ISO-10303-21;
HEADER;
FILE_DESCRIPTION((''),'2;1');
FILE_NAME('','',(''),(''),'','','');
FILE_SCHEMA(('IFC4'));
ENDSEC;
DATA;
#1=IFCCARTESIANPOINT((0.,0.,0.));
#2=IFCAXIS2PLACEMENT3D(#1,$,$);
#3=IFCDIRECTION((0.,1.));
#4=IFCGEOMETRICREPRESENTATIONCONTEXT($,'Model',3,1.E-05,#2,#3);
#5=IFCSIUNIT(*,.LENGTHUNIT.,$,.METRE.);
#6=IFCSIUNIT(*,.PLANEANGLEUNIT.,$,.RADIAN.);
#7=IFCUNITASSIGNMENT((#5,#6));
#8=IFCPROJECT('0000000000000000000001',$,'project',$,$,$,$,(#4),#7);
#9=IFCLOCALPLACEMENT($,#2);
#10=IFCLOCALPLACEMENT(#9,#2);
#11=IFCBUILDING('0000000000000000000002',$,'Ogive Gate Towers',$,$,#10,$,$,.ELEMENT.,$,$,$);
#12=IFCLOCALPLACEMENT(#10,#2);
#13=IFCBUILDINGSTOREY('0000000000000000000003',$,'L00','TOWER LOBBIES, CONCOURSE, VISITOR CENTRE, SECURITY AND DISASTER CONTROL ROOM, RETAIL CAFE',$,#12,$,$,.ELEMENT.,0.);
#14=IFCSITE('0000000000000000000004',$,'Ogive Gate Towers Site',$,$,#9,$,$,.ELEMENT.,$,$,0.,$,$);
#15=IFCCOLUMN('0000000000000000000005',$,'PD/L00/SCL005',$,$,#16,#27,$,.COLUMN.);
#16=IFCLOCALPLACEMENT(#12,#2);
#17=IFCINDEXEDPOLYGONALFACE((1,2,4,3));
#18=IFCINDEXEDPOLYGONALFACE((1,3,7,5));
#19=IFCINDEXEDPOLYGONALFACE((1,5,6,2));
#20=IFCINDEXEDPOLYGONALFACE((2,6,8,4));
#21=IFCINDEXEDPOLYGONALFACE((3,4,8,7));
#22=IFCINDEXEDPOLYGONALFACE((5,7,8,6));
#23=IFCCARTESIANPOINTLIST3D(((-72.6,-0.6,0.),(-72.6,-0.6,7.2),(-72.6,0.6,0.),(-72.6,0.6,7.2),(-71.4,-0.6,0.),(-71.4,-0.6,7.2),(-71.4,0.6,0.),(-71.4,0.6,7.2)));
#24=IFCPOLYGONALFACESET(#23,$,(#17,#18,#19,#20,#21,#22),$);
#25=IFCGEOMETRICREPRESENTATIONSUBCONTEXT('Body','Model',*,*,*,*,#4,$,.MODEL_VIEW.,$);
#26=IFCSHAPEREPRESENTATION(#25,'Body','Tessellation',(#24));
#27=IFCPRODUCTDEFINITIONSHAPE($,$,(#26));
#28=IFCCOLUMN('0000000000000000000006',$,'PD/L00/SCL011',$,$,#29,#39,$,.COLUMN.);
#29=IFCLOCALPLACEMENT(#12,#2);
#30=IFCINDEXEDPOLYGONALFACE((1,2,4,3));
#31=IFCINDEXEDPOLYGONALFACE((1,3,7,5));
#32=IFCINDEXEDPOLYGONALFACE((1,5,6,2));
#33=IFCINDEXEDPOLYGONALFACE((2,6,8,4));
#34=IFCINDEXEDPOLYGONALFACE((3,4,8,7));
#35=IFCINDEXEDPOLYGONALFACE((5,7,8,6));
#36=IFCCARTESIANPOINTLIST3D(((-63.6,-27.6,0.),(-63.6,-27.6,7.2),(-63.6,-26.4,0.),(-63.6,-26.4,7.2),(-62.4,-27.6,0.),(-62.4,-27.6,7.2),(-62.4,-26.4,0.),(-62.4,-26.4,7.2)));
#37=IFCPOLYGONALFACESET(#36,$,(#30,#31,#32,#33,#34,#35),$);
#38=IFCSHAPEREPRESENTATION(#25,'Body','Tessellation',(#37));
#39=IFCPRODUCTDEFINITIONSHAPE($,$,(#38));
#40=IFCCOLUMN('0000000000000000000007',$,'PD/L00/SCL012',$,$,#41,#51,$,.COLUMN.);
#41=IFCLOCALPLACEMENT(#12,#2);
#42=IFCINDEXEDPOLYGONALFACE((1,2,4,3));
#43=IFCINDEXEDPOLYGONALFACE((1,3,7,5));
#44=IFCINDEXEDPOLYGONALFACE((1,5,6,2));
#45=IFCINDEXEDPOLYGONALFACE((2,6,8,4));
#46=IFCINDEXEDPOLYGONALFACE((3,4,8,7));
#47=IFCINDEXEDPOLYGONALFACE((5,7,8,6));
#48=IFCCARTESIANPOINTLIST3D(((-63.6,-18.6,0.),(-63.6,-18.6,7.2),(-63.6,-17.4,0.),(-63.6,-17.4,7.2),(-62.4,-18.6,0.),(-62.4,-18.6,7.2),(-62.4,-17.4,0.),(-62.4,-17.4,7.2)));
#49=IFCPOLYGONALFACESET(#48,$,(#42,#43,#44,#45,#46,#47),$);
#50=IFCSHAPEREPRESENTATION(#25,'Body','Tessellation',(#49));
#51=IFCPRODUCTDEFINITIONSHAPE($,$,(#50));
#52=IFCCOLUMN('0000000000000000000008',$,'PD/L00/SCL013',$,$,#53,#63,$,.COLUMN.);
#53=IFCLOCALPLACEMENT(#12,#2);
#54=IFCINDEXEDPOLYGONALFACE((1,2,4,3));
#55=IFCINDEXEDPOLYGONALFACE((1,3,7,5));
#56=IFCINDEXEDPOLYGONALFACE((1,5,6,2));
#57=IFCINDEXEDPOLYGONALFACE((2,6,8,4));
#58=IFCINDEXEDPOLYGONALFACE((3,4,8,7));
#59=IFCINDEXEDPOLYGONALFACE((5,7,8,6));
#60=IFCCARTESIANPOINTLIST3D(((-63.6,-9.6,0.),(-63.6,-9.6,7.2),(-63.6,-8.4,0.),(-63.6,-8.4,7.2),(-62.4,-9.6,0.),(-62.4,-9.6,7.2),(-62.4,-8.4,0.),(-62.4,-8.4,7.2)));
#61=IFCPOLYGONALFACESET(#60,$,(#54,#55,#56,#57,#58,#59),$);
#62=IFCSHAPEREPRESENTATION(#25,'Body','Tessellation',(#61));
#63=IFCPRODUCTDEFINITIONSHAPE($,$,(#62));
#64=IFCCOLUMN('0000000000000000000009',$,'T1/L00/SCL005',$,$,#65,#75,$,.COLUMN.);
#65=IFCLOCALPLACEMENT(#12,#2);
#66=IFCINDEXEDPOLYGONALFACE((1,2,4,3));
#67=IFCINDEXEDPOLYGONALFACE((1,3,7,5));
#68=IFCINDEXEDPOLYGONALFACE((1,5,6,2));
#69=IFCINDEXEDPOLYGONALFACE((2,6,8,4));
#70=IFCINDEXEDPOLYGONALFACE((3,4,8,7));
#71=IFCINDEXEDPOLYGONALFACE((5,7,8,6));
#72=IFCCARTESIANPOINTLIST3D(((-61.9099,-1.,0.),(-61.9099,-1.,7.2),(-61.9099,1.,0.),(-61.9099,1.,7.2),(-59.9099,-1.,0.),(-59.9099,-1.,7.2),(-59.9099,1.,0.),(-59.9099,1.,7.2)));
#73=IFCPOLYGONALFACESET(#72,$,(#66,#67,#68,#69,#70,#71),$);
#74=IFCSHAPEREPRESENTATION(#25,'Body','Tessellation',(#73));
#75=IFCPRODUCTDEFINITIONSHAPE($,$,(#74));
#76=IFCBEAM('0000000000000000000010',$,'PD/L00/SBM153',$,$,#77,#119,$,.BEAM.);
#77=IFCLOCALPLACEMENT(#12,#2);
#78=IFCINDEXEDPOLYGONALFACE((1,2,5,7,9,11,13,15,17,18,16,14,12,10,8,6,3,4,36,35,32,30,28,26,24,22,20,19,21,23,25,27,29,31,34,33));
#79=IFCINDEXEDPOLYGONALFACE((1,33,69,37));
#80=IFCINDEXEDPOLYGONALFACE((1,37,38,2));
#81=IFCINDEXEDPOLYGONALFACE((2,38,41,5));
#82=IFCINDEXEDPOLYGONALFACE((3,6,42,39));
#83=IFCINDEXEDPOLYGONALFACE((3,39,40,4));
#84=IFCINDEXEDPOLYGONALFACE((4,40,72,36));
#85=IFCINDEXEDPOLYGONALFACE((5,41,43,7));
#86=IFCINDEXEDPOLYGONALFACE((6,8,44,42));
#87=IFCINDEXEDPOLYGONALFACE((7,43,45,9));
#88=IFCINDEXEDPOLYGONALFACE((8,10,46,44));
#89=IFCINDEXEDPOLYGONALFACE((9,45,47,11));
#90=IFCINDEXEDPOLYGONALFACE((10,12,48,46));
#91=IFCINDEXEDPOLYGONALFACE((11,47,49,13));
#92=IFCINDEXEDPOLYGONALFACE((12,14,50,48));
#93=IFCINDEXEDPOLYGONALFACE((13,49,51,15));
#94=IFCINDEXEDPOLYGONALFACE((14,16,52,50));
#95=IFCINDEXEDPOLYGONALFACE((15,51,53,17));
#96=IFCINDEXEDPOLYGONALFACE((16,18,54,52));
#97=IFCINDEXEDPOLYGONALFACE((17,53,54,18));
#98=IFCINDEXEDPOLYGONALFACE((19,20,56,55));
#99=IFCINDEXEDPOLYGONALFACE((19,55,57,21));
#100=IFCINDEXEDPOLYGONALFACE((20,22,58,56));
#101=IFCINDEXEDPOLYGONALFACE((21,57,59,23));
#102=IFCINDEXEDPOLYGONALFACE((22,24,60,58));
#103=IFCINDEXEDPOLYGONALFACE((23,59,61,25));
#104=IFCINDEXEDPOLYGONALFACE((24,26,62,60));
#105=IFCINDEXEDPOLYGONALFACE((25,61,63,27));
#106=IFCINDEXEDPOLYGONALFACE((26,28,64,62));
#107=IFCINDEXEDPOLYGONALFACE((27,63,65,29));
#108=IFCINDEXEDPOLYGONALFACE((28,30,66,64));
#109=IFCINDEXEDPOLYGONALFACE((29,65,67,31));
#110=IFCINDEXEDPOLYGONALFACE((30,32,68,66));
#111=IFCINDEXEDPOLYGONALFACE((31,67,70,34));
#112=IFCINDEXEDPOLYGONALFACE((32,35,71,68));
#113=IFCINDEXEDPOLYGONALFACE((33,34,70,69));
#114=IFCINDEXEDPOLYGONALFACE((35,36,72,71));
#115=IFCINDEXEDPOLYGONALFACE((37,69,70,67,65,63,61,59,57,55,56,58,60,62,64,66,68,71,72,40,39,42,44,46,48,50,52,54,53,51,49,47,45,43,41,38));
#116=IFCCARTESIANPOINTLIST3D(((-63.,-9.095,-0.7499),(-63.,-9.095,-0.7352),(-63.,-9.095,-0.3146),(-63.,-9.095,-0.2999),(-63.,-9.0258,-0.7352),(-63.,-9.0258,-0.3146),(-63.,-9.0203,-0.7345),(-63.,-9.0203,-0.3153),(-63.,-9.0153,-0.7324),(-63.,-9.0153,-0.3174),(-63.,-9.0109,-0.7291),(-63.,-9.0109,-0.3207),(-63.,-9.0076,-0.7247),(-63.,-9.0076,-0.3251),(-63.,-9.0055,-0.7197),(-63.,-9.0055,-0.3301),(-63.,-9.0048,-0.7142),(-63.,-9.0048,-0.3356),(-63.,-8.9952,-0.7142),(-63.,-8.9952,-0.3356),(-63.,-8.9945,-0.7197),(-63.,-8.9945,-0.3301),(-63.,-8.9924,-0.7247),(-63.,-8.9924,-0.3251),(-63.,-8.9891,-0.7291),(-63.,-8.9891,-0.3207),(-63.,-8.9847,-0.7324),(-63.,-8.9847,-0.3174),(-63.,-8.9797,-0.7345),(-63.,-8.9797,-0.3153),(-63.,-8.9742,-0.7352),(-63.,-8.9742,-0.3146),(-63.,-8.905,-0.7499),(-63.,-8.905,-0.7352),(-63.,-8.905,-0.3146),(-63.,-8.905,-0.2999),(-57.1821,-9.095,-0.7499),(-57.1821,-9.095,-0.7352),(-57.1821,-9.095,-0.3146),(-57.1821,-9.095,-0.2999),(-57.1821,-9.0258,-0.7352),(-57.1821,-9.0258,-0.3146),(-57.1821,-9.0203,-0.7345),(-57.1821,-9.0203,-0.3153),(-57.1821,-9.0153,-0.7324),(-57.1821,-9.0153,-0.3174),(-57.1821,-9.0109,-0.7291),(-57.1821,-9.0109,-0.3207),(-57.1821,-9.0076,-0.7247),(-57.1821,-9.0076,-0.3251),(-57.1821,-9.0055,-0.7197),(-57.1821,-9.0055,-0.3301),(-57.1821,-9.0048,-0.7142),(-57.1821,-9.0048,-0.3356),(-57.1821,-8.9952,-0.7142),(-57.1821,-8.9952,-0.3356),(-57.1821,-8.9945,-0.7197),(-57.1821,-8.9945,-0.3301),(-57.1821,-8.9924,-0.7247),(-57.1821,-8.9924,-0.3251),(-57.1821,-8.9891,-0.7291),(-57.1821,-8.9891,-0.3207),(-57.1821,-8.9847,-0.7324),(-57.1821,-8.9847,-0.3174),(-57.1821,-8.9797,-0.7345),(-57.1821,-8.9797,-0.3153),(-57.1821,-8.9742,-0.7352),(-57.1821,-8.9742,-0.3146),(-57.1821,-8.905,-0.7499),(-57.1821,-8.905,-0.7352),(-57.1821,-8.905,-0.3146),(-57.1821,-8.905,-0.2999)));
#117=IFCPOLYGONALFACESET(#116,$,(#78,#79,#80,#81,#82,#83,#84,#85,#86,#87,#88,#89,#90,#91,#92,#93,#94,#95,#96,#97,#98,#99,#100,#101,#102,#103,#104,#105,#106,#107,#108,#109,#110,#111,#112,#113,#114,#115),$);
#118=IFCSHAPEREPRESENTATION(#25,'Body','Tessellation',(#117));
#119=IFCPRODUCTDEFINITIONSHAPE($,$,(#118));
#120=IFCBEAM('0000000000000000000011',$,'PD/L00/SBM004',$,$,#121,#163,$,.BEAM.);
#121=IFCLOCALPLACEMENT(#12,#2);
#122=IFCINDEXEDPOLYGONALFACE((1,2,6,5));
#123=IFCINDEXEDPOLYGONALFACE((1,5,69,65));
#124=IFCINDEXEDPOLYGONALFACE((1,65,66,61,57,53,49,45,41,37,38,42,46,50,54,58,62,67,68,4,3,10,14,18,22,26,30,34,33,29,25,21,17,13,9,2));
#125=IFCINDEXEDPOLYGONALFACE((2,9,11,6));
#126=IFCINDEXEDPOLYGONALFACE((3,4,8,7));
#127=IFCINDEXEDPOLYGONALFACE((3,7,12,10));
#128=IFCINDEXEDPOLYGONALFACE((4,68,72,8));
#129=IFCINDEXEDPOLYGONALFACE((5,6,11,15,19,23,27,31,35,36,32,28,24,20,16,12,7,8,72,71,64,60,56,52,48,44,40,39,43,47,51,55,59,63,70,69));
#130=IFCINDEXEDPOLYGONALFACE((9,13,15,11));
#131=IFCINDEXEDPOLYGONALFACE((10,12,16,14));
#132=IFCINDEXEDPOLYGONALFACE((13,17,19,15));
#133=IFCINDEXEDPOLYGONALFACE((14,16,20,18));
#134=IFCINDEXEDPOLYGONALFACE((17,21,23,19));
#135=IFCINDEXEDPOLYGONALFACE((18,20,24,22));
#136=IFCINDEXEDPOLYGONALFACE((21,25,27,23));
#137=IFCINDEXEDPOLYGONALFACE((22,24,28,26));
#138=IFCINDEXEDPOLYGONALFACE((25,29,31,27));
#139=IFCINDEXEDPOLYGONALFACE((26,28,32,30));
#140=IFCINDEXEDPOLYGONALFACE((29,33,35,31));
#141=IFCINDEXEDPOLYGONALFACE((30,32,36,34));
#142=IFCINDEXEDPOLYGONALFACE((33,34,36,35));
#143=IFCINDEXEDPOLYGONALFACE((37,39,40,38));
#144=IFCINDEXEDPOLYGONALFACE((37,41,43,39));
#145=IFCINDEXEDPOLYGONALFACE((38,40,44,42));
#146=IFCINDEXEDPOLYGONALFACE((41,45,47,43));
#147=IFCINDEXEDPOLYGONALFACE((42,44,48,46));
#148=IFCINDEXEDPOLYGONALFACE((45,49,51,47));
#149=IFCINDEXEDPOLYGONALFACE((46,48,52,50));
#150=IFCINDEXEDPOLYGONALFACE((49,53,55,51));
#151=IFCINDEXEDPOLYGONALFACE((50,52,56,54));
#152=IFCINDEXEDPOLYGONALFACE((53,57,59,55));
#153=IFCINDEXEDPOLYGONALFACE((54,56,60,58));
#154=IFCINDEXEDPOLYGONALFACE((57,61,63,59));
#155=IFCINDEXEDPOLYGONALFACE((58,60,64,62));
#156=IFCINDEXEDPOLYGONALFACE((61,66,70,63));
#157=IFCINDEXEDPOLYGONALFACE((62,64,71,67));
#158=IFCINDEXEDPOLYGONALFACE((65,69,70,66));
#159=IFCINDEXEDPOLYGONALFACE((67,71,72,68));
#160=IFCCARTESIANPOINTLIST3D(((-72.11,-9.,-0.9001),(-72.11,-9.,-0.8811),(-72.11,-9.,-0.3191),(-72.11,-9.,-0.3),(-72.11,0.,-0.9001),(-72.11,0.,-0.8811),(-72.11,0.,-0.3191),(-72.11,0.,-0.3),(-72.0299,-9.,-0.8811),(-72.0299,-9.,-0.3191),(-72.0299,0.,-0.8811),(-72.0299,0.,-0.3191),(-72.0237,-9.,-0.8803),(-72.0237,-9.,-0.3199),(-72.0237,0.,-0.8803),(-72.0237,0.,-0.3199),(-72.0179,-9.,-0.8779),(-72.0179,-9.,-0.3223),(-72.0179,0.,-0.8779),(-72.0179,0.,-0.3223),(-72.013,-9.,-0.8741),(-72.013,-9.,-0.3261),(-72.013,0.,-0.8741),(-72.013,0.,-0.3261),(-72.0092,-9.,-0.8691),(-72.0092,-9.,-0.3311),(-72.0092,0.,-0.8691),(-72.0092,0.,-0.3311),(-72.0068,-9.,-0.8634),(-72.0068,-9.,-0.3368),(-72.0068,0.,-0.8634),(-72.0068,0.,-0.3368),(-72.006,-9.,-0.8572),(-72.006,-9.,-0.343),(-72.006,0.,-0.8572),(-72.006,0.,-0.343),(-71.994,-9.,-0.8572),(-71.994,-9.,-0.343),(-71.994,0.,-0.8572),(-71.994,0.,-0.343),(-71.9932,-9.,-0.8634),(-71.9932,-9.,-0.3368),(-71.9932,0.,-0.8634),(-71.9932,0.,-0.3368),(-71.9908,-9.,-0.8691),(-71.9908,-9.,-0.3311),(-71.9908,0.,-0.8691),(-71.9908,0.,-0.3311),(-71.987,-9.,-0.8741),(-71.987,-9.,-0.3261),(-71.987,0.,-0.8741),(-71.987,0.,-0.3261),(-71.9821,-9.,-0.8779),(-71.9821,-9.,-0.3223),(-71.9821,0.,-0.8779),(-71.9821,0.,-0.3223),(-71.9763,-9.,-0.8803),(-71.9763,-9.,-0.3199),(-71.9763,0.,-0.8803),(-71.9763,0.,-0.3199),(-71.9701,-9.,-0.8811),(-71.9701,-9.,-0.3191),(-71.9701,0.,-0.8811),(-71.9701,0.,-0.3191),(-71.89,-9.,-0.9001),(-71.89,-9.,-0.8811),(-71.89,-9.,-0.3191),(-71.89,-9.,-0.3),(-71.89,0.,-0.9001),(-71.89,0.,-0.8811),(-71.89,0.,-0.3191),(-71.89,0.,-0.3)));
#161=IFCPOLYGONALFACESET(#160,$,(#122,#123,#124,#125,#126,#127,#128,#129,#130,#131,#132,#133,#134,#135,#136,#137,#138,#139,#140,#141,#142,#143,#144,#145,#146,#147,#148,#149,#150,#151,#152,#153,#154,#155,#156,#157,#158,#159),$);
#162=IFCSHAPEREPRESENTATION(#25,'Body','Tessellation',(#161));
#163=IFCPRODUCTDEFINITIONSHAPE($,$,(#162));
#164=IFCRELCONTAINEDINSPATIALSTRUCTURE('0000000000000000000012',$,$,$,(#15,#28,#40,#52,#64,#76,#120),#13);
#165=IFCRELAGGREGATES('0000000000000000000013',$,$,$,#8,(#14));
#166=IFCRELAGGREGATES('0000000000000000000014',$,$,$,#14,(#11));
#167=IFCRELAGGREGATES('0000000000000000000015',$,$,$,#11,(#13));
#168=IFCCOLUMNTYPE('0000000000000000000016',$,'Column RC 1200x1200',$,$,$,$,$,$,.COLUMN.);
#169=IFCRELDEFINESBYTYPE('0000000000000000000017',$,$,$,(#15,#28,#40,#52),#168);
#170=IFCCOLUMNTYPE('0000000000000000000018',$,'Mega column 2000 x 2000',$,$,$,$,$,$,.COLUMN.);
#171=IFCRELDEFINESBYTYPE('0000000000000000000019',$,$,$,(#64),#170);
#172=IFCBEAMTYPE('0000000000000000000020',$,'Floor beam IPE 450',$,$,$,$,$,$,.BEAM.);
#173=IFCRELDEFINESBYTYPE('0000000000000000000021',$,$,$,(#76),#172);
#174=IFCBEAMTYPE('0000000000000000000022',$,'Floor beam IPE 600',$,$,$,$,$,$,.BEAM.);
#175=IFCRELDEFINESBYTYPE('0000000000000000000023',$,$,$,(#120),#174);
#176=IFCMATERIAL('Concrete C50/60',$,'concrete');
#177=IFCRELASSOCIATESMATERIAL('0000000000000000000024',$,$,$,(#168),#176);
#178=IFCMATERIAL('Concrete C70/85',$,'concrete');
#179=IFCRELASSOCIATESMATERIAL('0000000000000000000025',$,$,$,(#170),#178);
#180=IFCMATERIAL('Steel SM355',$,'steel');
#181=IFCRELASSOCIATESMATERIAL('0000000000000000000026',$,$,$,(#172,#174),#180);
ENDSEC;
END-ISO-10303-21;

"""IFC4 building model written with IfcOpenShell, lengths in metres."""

from ifc_helpers import new_model, si_unit, direction, frame, origin, origin_2d, place, context, subcontext, project, spatial, rectangle, i_section, extrude, material, material_profile, profile_set, type_object, element, save


model = new_model("IFC4")

# Units and contexts
model_context = context("Model", 3, precision=1e-05, world=origin(), true_north=direction((0.0, 1.0)))
body_context = subcontext(model_context, "Body", "Model", "MODEL_VIEW")
ifc_project = project(units=[si_unit("LENGTHUNIT", "METRE"), si_unit("PLANEANGLEUNIT", "RADIAN")], contexts=[model_context])

# Site, building, storey
site_placement = place(None, origin())
site = spatial("IfcSite", under=ifc_project, at=site_placement, Name="Ogive Gate Towers Site", CompositionType="ELEMENT", RefElevation=0.0)
building_placement = place(site_placement, origin())
building = spatial("IfcBuilding", under=site, at=building_placement, Name="Ogive Gate Towers", CompositionType="ELEMENT")
storey_placement = place(building_placement, origin())
storey = spatial("IfcBuildingStorey", under=building, at=storey_placement, Name="L00", Description="TOWER LOBBIES, CONCOURSE, VISITOR CENTRE, SECURITY AND DISASTER CONTROL ROOM, RETAIL CAFE", CompositionType="ELEMENT", Elevation=0.0)

# Columns
ifc_material_1 = material(Name="Concrete C50/60", Category="concrete")
ifc_material_profile_1 = material_profile(ifc_material_1, rectangle(XDim=1.2, YDim=1.2, at=origin_2d()), Name="RC 1200x1200")
ifc_profile_set_1 = profile_set([ifc_material_profile_1], Name="Concrete C50/60")
column_type_1 = type_object("IfcColumnType", Name="Column RC 1200x1200", PredefinedType="COLUMN", material=ifc_profile_set_1)
for number, where, z_axis, x_axis, name in (
    (1, (-72.0, 0.0, 0.0), (0.0, 0.0, 1.0), (1.0, 0.0, 0.0), "PD/L00/SCL005"),
    (2, (-63.0, -27.0, 0.0), (0.0, 0.0, 1.0), (1.0, 0.0, 0.0), "PD/L00/SCL011"),
    (3, (-63.0, -18.0, 0.0), (0.0, 0.0, 1.0), (1.0, 0.0, 0.0), "PD/L00/SCL012"),
    (4, (-63.0, -9.0, 0.0), (0.0, 0.0, 1.0), (1.0, 0.0, 0.0), "PD/L00/SCL013"),
):
    element("IfcColumn", number, at=place(storey_placement, frame(where, z_axis=z_axis, x_axis=x_axis)), inside=storey, type_object=column_type_1, Name=name, PredefinedType="COLUMN", context=body_context, shape_type="SweptSolid", body=[
        extrude(rectangle(XDim=1.2, YDim=1.2, at=origin_2d()), origin(), (0.0, 0.0, 1.0), 7.2),
    ])
ifc_material_2 = material(Name="Concrete C70/85", Category="concrete")
ifc_material_profile_2 = material_profile(ifc_material_2, rectangle(XDim=2.0, YDim=2.0, at=origin_2d()), Name="RC 2000x2000")
ifc_profile_set_2 = profile_set([ifc_material_profile_2], Name="Concrete C70/85")
column_type_2 = type_object("IfcColumnType", Name="Mega column 2000 x 2000", PredefinedType="COLUMN", material=ifc_profile_set_2)
column_placement = place(storey_placement, frame((-60.9099, 0.0, 0.0), z_axis=(0.0, 0.0, 1.0), x_axis=(-1.0, 0.0, 0.0)))
element("IfcColumn", 5, at=column_placement, inside=storey, type_object=column_type_2, Name="T1/L00/SCL005", PredefinedType="COLUMN", context=body_context, shape_type="SweptSolid", body=[
    extrude(rectangle(XDim=2.0, YDim=2.0, at=origin_2d()), origin(), (0.0, 0.0, 1.0), 7.2),
])

# Beams
ifc_material_3 = material(Name="Steel SM355", Category="steel")
ifc_material_profile_3 = material_profile(ifc_material_3, i_section(OverallWidth=0.1899, OverallDepth=0.45, WebThickness=0.0095, FlangeThickness=0.0146, FilletRadius=0.021, at=origin_2d()), Name="IPE 450")
ifc_profile_set_3 = profile_set([ifc_material_profile_3], Name="Steel SM355")
beam_type_1 = type_object("IfcBeamType", Name="Floor beam IPE 450", PredefinedType="BEAM", material=ifc_profile_set_3)
beam_1_placement = place(storey_placement, frame((-63.0, -9.0, -0.5249), z_axis=(1.0, 0.0, 0.0), x_axis=(0.0, 1.0, 0.0)))
element("IfcBeam", 6, at=beam_1_placement, inside=storey, type_object=beam_type_1, Name="PD/L00/SBM153", PredefinedType="BEAM", context=body_context, shape_type="SweptSolid", body=[
    extrude(i_section(OverallWidth=0.1899, OverallDepth=0.45, WebThickness=0.0095, FlangeThickness=0.0146, FilletRadius=0.021, at=origin_2d()), origin(), (0.0, 0.0, 1.0), 5.8179),
])
ifc_material_profile_4 = material_profile(ifc_material_3, i_section(OverallWidth=0.22, OverallDepth=0.6001, WebThickness=0.012, FlangeThickness=0.019, FilletRadius=0.0239, at=origin_2d()), Name="IPE 600")
ifc_profile_set_4 = profile_set([ifc_material_profile_4], Name="Steel SM355")
beam_type_2 = type_object("IfcBeamType", Name="Floor beam IPE 600", PredefinedType="BEAM", material=ifc_profile_set_4)
for number, where, z_axis, x_axis, name in (
    (7, (-72.0, -9.0, -0.6001), (0.0, 1.0, 0.0), (-1.0, 0.0, 0.0), "PD/L00/SBM004"),
):
    element("IfcBeam", number, at=place(storey_placement, frame(where, z_axis=z_axis, x_axis=x_axis)), inside=storey, type_object=beam_type_2, Name=name, PredefinedType="BEAM", context=body_context, shape_type="SweptSolid", body=[
        extrude(i_section(OverallWidth=0.22, OverallDepth=0.6001, WebThickness=0.012, FlangeThickness=0.019, FilletRadius=0.0239, at=origin_2d()), origin(), (0.0, 0.0, 1.0), 9.0),
    ])

save(model, "model.ifc")
